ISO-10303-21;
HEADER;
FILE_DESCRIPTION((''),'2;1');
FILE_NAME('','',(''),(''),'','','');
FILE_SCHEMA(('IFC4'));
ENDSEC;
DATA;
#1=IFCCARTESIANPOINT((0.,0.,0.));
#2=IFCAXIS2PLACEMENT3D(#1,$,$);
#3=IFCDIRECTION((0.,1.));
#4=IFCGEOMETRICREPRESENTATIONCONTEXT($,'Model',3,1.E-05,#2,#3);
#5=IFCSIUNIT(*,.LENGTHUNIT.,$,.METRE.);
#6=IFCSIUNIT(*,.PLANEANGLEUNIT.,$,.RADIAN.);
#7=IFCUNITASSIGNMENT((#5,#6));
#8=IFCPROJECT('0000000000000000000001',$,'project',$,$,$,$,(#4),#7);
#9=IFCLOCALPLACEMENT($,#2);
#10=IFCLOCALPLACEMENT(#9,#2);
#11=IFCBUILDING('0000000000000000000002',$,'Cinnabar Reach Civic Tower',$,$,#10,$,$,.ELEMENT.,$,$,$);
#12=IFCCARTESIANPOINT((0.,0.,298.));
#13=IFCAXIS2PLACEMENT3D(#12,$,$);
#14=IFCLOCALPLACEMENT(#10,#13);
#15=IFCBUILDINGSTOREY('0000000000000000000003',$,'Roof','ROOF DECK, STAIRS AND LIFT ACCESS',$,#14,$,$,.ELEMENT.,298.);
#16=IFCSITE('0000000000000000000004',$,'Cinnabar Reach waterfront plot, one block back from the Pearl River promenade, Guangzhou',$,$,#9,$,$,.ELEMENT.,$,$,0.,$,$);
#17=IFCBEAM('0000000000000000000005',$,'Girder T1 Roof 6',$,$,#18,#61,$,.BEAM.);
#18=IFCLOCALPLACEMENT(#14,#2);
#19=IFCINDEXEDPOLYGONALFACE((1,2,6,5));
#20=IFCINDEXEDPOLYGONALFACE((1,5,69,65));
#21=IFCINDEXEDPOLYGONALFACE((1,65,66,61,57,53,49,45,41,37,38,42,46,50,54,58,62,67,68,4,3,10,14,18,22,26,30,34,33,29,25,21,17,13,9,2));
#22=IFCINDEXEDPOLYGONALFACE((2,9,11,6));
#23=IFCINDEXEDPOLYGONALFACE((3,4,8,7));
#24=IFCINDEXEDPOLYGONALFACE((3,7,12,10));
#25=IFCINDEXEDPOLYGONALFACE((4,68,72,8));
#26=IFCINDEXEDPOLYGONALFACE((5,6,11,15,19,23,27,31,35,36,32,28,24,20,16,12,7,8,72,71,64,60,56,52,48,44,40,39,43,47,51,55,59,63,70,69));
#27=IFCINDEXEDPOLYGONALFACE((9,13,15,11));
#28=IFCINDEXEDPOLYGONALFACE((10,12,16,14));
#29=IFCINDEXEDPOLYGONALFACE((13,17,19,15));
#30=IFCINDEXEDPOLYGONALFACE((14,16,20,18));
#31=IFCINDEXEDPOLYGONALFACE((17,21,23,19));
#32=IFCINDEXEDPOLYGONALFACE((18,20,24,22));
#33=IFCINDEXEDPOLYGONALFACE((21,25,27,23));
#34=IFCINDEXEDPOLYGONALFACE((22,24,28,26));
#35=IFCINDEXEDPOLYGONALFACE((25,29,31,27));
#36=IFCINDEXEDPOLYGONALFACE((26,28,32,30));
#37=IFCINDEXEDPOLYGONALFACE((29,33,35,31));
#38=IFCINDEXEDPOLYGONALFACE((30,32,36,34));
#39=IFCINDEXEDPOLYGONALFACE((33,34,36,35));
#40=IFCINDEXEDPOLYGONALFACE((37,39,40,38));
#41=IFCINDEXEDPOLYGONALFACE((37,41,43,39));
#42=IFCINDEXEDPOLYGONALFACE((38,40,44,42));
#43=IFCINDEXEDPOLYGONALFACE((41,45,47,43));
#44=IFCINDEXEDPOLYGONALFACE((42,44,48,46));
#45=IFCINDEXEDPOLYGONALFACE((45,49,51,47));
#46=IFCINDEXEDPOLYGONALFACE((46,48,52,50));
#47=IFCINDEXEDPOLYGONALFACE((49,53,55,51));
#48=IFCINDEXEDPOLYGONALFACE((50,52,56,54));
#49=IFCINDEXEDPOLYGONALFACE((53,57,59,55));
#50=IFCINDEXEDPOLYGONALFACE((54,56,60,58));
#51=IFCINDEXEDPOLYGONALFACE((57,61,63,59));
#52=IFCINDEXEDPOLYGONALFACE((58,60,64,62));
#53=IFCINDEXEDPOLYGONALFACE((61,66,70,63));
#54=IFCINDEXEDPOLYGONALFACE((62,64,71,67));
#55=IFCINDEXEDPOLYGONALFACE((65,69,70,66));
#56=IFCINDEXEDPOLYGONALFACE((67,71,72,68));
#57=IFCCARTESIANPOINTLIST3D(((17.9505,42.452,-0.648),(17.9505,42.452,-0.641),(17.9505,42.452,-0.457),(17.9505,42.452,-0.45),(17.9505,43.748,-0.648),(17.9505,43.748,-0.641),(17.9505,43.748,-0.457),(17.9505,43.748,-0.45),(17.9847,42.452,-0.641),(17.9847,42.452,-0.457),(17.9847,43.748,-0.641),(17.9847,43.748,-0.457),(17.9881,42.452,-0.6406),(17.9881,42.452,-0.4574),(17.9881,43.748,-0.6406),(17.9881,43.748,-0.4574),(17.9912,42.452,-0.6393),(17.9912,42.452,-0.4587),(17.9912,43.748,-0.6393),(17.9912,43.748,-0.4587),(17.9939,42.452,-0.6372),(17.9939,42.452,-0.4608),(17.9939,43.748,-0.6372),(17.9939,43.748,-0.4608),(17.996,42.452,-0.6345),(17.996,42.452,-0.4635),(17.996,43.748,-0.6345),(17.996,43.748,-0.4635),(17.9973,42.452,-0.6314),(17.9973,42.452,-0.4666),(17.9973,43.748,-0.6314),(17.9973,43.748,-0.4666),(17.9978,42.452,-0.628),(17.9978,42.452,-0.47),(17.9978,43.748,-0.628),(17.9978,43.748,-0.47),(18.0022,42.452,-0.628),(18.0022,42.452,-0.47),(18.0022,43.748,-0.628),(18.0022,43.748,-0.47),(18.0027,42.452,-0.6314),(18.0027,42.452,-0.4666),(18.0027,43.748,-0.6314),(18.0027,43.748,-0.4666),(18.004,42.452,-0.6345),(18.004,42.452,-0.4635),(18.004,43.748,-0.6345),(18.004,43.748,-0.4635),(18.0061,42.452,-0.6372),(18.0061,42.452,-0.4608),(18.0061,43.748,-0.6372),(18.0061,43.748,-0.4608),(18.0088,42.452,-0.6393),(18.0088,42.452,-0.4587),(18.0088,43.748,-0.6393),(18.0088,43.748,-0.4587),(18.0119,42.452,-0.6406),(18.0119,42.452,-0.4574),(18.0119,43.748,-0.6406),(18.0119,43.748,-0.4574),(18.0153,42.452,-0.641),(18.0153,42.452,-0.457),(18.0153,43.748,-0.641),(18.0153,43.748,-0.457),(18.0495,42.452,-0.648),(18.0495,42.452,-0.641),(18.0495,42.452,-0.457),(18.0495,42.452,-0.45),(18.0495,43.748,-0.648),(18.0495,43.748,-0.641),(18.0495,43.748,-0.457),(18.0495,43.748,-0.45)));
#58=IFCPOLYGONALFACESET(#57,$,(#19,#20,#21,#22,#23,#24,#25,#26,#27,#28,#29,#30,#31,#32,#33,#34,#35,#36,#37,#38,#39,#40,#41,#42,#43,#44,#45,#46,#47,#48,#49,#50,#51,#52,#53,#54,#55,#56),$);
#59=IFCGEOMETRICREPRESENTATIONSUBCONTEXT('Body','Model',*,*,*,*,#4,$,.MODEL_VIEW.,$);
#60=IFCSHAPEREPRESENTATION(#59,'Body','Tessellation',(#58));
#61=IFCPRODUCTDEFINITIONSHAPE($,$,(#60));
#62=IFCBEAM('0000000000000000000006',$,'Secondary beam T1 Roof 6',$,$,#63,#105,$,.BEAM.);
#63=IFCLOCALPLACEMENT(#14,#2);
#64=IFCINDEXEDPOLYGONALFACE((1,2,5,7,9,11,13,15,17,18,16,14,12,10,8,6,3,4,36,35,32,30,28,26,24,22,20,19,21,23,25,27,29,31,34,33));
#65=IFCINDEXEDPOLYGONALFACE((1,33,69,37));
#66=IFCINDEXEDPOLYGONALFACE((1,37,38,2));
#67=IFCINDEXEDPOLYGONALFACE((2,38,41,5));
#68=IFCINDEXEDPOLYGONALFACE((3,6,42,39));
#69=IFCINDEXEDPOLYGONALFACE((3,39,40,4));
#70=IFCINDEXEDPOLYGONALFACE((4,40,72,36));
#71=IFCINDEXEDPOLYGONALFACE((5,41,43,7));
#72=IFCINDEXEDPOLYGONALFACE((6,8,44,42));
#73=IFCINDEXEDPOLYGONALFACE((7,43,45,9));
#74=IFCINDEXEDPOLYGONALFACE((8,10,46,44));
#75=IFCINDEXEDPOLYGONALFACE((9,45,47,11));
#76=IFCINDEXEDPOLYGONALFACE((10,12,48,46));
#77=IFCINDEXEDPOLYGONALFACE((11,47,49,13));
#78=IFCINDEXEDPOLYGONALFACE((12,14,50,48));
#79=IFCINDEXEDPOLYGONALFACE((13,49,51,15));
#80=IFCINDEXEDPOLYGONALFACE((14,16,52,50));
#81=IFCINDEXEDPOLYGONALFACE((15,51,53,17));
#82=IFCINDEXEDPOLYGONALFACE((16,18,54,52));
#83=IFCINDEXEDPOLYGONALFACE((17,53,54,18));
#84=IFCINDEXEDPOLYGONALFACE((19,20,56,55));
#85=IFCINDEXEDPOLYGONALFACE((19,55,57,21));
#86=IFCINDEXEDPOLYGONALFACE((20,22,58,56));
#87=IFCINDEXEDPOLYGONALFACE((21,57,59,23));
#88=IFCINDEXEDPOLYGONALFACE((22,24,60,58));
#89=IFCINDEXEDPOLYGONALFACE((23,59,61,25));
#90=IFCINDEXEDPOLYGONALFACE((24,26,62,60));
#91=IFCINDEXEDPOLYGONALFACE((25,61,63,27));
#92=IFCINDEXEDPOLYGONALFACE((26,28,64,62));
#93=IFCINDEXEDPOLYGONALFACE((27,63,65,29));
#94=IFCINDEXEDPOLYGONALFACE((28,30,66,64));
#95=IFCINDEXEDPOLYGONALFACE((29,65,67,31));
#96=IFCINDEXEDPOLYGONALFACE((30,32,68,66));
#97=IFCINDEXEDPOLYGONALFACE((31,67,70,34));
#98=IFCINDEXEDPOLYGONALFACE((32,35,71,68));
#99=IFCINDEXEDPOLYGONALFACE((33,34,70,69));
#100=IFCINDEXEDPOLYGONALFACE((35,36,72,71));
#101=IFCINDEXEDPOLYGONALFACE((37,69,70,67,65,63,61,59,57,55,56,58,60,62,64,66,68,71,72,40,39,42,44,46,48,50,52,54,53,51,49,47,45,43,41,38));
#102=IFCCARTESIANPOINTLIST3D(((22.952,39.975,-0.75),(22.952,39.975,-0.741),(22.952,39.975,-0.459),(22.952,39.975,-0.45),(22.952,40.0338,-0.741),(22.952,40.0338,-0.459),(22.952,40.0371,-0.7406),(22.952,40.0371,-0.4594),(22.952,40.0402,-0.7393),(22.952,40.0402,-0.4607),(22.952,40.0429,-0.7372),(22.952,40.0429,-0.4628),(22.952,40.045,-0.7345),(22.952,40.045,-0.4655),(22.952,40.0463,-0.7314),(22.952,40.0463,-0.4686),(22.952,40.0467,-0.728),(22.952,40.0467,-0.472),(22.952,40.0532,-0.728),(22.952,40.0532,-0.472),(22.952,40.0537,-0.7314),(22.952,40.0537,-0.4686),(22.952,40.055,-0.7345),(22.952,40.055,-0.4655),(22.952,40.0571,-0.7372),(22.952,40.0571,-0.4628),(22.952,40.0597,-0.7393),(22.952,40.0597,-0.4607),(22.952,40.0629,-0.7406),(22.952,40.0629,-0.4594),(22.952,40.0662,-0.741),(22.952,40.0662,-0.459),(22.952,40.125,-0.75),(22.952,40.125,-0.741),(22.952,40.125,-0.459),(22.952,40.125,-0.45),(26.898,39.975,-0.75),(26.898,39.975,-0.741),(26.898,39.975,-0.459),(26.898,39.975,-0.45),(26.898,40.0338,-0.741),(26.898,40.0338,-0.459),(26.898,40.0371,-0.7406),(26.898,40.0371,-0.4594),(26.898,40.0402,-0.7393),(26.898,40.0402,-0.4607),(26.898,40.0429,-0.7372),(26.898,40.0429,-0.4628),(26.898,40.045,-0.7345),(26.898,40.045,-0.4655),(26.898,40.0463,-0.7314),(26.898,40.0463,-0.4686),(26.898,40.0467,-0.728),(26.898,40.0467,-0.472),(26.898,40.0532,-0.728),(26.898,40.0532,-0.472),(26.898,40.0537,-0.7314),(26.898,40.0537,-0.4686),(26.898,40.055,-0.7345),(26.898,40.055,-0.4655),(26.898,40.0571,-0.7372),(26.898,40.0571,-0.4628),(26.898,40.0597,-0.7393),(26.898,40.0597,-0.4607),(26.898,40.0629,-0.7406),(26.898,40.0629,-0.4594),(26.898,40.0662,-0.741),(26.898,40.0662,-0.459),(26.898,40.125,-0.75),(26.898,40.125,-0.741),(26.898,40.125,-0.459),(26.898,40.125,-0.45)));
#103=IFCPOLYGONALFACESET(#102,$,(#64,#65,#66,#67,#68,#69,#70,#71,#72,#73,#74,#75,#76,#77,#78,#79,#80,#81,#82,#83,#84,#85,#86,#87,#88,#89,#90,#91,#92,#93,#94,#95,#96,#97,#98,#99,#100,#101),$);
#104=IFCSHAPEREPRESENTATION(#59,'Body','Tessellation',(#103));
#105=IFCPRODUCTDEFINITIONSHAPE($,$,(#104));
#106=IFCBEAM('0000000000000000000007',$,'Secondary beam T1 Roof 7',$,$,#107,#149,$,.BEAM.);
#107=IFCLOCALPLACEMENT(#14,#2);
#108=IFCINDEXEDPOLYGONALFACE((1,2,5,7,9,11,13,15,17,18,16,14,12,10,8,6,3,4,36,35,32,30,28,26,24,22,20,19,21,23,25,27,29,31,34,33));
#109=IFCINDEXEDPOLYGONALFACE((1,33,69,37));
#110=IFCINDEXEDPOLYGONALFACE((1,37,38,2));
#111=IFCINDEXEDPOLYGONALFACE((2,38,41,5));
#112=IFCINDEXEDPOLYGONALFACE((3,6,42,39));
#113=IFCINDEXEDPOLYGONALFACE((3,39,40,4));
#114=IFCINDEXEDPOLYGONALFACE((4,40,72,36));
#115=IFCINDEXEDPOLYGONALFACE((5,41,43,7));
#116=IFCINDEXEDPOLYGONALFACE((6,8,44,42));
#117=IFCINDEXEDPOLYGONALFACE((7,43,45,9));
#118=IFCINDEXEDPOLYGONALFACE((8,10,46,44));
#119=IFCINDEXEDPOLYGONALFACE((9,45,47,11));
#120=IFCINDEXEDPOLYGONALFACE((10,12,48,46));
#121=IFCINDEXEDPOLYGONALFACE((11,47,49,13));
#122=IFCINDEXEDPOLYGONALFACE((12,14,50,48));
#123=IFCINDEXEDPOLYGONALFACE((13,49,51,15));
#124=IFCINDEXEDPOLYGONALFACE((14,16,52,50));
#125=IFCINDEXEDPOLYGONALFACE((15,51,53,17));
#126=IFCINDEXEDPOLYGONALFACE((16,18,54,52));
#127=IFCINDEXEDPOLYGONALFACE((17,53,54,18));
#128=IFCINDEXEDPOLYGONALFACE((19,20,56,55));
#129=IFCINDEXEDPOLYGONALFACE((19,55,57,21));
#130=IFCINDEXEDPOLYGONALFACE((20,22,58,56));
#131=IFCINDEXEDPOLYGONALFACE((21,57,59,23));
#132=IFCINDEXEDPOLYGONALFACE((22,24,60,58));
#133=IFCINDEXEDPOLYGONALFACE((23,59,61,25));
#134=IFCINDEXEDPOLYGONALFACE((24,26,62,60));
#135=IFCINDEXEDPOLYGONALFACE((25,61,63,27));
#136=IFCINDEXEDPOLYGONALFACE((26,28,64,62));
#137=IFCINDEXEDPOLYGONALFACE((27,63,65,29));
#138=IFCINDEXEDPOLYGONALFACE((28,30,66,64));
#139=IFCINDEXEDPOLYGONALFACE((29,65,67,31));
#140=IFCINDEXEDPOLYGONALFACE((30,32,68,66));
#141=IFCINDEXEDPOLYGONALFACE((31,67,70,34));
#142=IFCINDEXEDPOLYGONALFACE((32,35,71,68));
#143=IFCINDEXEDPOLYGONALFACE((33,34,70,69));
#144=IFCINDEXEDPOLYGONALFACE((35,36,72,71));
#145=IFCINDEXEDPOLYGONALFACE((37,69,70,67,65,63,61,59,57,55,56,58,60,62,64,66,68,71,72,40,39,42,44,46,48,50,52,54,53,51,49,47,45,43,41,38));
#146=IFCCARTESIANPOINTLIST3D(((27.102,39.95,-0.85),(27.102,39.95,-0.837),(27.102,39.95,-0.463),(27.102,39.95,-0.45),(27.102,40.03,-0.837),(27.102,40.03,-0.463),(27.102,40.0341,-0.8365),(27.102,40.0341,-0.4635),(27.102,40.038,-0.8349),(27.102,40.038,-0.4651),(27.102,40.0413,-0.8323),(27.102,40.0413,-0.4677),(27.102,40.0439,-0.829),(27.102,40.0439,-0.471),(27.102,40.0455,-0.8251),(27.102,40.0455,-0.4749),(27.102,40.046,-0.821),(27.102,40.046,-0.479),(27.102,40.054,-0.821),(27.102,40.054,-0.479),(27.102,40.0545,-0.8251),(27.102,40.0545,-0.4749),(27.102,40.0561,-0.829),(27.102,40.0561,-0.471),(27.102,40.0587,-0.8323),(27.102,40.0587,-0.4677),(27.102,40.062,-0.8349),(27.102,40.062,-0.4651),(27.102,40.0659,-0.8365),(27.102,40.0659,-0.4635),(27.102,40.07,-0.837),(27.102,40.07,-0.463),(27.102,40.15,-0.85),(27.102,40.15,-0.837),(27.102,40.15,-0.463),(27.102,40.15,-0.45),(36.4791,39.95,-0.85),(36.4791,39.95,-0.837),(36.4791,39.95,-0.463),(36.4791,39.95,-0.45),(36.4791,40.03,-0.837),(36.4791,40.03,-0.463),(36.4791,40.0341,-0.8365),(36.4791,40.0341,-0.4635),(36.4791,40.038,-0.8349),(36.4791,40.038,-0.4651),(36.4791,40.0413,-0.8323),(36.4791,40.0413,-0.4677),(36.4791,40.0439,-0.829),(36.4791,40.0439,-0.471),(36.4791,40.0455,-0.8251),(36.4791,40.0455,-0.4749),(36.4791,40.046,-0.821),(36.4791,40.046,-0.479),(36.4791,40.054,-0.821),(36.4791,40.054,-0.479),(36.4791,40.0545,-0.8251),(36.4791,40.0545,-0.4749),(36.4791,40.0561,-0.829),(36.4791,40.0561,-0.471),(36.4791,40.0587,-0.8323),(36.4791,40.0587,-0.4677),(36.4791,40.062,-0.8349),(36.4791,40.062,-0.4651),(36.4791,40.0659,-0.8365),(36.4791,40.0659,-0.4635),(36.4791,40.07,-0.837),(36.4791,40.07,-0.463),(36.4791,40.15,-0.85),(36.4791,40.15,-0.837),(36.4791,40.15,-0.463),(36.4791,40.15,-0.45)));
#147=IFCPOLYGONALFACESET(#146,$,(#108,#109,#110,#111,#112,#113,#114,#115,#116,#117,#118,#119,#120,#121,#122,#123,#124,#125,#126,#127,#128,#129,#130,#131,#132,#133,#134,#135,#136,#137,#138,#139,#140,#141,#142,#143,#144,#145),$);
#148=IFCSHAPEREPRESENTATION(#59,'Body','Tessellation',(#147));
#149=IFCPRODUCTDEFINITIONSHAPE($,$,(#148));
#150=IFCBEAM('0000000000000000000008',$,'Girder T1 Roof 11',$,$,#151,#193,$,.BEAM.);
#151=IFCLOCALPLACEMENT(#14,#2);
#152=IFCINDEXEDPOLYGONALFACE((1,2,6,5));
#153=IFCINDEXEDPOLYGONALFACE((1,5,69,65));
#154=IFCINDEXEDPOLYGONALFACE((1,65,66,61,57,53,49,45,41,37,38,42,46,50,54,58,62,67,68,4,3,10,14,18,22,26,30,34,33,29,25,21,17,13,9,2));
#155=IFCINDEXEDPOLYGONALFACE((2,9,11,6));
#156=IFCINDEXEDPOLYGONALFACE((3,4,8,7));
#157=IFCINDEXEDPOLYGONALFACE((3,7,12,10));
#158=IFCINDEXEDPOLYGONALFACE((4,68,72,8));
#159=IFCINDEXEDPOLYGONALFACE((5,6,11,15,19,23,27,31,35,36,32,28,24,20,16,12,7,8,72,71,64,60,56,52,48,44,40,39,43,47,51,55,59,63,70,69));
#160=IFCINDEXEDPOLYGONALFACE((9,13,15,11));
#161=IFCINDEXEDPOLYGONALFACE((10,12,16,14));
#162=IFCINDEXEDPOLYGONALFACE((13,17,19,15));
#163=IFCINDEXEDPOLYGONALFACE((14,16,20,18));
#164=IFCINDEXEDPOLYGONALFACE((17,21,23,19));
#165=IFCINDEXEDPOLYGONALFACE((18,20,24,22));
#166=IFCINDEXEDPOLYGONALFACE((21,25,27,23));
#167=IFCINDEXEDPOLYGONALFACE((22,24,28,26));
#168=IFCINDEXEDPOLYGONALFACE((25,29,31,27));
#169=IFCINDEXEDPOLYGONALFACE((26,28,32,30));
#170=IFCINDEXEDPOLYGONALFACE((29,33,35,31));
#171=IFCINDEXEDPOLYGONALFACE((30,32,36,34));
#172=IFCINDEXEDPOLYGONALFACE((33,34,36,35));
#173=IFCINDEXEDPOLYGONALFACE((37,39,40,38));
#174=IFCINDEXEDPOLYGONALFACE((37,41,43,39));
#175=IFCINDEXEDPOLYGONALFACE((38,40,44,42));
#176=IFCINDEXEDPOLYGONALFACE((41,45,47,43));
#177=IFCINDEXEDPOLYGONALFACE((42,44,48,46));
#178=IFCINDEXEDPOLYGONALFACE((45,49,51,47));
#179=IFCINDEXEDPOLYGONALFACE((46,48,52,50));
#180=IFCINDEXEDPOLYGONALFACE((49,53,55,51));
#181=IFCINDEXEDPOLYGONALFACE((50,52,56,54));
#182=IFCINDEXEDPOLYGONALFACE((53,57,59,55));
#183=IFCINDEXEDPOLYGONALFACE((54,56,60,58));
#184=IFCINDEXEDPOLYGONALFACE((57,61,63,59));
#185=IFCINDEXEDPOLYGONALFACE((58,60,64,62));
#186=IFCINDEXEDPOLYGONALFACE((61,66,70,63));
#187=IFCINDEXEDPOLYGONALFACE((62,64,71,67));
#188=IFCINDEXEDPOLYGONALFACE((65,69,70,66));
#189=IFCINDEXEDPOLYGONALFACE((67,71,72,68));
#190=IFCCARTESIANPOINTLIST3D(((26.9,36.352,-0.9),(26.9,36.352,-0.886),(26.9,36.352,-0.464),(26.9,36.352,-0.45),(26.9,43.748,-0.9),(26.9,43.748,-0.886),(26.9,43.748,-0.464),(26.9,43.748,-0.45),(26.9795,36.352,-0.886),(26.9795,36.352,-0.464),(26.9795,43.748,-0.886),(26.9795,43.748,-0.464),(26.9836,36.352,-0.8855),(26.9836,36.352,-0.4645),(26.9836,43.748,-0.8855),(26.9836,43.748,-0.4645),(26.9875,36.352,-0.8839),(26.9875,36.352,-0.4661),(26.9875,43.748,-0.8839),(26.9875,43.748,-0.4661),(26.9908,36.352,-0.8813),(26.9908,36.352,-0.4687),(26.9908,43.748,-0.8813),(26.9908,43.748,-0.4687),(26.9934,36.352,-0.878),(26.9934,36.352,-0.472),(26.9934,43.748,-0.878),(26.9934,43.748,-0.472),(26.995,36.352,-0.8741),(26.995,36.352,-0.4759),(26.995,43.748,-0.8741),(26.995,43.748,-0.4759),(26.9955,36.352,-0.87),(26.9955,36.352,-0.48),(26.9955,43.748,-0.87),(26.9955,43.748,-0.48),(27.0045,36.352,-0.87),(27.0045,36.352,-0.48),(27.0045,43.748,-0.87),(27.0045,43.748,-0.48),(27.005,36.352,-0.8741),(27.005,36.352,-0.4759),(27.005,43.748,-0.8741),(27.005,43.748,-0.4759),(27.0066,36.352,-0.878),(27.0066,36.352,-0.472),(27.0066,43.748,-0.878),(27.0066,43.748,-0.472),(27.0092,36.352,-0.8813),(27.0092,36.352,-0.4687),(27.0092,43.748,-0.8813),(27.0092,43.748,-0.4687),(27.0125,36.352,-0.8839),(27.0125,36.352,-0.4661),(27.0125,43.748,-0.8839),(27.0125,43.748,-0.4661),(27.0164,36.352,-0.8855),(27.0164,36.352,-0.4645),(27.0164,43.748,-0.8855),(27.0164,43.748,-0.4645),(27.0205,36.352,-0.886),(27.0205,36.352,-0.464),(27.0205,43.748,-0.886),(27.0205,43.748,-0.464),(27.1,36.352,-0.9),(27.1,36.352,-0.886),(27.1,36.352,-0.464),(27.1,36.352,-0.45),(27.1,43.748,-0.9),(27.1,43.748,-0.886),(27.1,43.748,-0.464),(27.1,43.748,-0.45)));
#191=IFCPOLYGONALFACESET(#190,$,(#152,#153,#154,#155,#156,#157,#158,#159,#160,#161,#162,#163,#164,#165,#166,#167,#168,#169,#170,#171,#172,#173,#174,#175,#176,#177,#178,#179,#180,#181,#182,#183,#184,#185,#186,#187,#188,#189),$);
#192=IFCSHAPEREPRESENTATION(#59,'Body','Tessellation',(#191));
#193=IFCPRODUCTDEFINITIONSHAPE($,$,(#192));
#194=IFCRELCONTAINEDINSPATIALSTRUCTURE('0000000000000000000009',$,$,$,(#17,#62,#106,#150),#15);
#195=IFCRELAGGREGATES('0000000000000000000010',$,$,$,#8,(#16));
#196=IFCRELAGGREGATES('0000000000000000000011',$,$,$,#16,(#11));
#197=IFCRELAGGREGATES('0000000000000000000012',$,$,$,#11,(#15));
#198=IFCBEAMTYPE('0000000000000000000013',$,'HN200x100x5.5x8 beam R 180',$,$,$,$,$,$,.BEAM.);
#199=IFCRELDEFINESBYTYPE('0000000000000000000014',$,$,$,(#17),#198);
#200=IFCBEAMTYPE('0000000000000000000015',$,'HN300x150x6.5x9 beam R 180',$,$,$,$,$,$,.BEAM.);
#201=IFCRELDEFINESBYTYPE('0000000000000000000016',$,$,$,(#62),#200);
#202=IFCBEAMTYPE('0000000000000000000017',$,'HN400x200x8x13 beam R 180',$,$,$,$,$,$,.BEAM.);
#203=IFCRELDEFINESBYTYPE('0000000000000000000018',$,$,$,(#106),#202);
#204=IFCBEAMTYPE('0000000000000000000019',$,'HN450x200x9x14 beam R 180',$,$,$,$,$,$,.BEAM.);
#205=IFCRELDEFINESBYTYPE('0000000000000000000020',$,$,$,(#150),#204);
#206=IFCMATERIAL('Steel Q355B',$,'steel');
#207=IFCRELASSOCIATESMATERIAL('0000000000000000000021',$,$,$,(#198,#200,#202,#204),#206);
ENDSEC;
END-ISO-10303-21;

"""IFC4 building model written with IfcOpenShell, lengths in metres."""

from ifc_helpers import new_model, si_unit, direction, frame, origin, origin_2d, place, context, subcontext, project, spatial, i_section, extrude, material, material_profile, profile_set, type_object, element, save


model = new_model("IFC4")

# Units and contexts
model_context = context("Model", 3, precision=1e-05, world=origin(), true_north=direction((0.0, 1.0)))
body_context = subcontext(model_context, "Body", "Model", "MODEL_VIEW")
ifc_project = project(units=[si_unit("LENGTHUNIT", "METRE"), si_unit("PLANEANGLEUNIT", "RADIAN")], contexts=[model_context])

# Site, building, storey
site_placement = place(None, origin())
site = spatial("IfcSite", under=ifc_project, at=site_placement, Name="Cinnabar Reach waterfront plot, one block back from the Pearl River promenade, Guangzhou", CompositionType="ELEMENT", RefElevation=0.0)
building_placement = place(site_placement, origin())
building = spatial("IfcBuilding", under=site, at=building_placement, Name="Cinnabar Reach Civic Tower", CompositionType="ELEMENT")
storey_placement = place(building_placement, frame((0.0, 0.0, 298.0)))
storey = spatial("IfcBuildingStorey", under=building, at=storey_placement, Name="Roof", Description="ROOF DECK, STAIRS AND LIFT ACCESS", CompositionType="ELEMENT", Elevation=298.0)

# Shared definitions
ifc_material_1 = material(Name="Steel Q355B", Category="steel")

# Beams
ifc_material_profile_1 = material_profile(ifc_material_1, i_section(OverallWidth=0.099, OverallDepth=0.198, WebThickness=0.0045, FlangeThickness=0.007, FilletRadius=0.013, at=origin_2d()), Name="HN200x100x5.5x8")
ifc_profile_set_1 = profile_set([ifc_material_profile_1], Name="Steel Q355B")
beam_type_1 = type_object("IfcBeamType", Name="HN200x100x5.5x8 beam R 180", PredefinedType="BEAM", material=ifc_profile_set_1)
beam_1_placement = place(storey_placement, frame((18.0, 42.452, -0.549), z_axis=(0.0, 1.0, 0.0), x_axis=(-1.0, 0.0, 0.0)))
element("IfcBeam", 1, at=beam_1_placement, inside=storey, type_object=beam_type_1, Name="Girder T1 Roof 6", PredefinedType="BEAM", context=body_context, shape_type="SweptSolid", body=[
    extrude(i_section(OverallWidth=0.099, OverallDepth=0.198, WebThickness=0.0045, FlangeThickness=0.007, FilletRadius=0.013, at=origin_2d()), origin(), (0.0, 0.0, 1.0), 1.296),
])
ifc_material_profile_2 = material_profile(ifc_material_1, i_section(OverallWidth=0.15, OverallDepth=0.3, WebThickness=0.0065, FlangeThickness=0.009, FilletRadius=0.013, at=origin_2d()), Name="HN300x150x6.5x9")
ifc_profile_set_2 = profile_set([ifc_material_profile_2], Name="Steel Q355B")
beam_type_2 = type_object("IfcBeamType", Name="HN300x150x6.5x9 beam R 180", PredefinedType="BEAM", material=ifc_profile_set_2)
beam_2_placement = place(storey_placement, frame((22.952, 40.05, -0.6), z_axis=(1.0, 0.0, 0.0), x_axis=(0.0, 1.0, 0.0)))
element("IfcBeam", 2, at=beam_2_placement, inside=storey, type_object=beam_type_2, Name="Secondary beam T1 Roof 6", PredefinedType="BEAM", context=body_context, shape_type="SweptSolid", body=[
    extrude(i_section(OverallWidth=0.15, OverallDepth=0.3, WebThickness=0.0065, FlangeThickness=0.009, FilletRadius=0.013, at=origin_2d()), origin(), (0.0, 0.0, 1.0), 3.946),
])
ifc_material_profile_3 = material_profile(ifc_material_1, i_section(OverallWidth=0.2, OverallDepth=0.4, WebThickness=0.008, FlangeThickness=0.013, FilletRadius=0.016, at=origin_2d()), Name="HN400x200x8x13")
ifc_profile_set_3 = profile_set([ifc_material_profile_3], Name="Steel Q355B")
beam_type_3 = type_object("IfcBeamType", Name="HN400x200x8x13 beam R 180", PredefinedType="BEAM", material=ifc_profile_set_3)
beam_3_placement = place(storey_placement, frame((27.102, 40.05, -0.65), z_axis=(1.0, 0.0, 0.0), x_axis=(0.0, 1.0, 0.0)))
element("IfcBeam", 3, at=beam_3_placement, inside=storey, type_object=beam_type_3, Name="Secondary beam T1 Roof 7", PredefinedType="BEAM", context=body_context, shape_type="SweptSolid", body=[
    extrude(i_section(OverallWidth=0.2, OverallDepth=0.4, WebThickness=0.008, FlangeThickness=0.013, FilletRadius=0.016, at=origin_2d()), origin(), (0.0, 0.0, 1.0), 9.3771),
])
ifc_material_profile_4 = material_profile(ifc_material_1, i_section(OverallWidth=0.2, OverallDepth=0.45, WebThickness=0.009, FlangeThickness=0.014, FilletRadius=0.016, at=origin_2d()), Name="HN450x200x9x14")
ifc_profile_set_4 = profile_set([ifc_material_profile_4], Name="Steel Q355B")
beam_type_4 = type_object("IfcBeamType", Name="HN450x200x9x14 beam R 180", PredefinedType="BEAM", material=ifc_profile_set_4)
beam_4_placement = place(storey_placement, frame((27.0, 36.352, -0.675), z_axis=(0.0, 1.0, 0.0), x_axis=(-1.0, 0.0, 0.0)))
element("IfcBeam", 4, at=beam_4_placement, inside=storey, type_object=beam_type_4, Name="Girder T1 Roof 11", PredefinedType="BEAM", context=body_context, shape_type="SweptSolid", body=[
    extrude(i_section(OverallWidth=0.2, OverallDepth=0.45, WebThickness=0.009, FlangeThickness=0.014, FilletRadius=0.016, at=origin_2d()), origin(), (0.0, 0.0, 1.0), 7.396),
])

save(model, "model.ifc")
